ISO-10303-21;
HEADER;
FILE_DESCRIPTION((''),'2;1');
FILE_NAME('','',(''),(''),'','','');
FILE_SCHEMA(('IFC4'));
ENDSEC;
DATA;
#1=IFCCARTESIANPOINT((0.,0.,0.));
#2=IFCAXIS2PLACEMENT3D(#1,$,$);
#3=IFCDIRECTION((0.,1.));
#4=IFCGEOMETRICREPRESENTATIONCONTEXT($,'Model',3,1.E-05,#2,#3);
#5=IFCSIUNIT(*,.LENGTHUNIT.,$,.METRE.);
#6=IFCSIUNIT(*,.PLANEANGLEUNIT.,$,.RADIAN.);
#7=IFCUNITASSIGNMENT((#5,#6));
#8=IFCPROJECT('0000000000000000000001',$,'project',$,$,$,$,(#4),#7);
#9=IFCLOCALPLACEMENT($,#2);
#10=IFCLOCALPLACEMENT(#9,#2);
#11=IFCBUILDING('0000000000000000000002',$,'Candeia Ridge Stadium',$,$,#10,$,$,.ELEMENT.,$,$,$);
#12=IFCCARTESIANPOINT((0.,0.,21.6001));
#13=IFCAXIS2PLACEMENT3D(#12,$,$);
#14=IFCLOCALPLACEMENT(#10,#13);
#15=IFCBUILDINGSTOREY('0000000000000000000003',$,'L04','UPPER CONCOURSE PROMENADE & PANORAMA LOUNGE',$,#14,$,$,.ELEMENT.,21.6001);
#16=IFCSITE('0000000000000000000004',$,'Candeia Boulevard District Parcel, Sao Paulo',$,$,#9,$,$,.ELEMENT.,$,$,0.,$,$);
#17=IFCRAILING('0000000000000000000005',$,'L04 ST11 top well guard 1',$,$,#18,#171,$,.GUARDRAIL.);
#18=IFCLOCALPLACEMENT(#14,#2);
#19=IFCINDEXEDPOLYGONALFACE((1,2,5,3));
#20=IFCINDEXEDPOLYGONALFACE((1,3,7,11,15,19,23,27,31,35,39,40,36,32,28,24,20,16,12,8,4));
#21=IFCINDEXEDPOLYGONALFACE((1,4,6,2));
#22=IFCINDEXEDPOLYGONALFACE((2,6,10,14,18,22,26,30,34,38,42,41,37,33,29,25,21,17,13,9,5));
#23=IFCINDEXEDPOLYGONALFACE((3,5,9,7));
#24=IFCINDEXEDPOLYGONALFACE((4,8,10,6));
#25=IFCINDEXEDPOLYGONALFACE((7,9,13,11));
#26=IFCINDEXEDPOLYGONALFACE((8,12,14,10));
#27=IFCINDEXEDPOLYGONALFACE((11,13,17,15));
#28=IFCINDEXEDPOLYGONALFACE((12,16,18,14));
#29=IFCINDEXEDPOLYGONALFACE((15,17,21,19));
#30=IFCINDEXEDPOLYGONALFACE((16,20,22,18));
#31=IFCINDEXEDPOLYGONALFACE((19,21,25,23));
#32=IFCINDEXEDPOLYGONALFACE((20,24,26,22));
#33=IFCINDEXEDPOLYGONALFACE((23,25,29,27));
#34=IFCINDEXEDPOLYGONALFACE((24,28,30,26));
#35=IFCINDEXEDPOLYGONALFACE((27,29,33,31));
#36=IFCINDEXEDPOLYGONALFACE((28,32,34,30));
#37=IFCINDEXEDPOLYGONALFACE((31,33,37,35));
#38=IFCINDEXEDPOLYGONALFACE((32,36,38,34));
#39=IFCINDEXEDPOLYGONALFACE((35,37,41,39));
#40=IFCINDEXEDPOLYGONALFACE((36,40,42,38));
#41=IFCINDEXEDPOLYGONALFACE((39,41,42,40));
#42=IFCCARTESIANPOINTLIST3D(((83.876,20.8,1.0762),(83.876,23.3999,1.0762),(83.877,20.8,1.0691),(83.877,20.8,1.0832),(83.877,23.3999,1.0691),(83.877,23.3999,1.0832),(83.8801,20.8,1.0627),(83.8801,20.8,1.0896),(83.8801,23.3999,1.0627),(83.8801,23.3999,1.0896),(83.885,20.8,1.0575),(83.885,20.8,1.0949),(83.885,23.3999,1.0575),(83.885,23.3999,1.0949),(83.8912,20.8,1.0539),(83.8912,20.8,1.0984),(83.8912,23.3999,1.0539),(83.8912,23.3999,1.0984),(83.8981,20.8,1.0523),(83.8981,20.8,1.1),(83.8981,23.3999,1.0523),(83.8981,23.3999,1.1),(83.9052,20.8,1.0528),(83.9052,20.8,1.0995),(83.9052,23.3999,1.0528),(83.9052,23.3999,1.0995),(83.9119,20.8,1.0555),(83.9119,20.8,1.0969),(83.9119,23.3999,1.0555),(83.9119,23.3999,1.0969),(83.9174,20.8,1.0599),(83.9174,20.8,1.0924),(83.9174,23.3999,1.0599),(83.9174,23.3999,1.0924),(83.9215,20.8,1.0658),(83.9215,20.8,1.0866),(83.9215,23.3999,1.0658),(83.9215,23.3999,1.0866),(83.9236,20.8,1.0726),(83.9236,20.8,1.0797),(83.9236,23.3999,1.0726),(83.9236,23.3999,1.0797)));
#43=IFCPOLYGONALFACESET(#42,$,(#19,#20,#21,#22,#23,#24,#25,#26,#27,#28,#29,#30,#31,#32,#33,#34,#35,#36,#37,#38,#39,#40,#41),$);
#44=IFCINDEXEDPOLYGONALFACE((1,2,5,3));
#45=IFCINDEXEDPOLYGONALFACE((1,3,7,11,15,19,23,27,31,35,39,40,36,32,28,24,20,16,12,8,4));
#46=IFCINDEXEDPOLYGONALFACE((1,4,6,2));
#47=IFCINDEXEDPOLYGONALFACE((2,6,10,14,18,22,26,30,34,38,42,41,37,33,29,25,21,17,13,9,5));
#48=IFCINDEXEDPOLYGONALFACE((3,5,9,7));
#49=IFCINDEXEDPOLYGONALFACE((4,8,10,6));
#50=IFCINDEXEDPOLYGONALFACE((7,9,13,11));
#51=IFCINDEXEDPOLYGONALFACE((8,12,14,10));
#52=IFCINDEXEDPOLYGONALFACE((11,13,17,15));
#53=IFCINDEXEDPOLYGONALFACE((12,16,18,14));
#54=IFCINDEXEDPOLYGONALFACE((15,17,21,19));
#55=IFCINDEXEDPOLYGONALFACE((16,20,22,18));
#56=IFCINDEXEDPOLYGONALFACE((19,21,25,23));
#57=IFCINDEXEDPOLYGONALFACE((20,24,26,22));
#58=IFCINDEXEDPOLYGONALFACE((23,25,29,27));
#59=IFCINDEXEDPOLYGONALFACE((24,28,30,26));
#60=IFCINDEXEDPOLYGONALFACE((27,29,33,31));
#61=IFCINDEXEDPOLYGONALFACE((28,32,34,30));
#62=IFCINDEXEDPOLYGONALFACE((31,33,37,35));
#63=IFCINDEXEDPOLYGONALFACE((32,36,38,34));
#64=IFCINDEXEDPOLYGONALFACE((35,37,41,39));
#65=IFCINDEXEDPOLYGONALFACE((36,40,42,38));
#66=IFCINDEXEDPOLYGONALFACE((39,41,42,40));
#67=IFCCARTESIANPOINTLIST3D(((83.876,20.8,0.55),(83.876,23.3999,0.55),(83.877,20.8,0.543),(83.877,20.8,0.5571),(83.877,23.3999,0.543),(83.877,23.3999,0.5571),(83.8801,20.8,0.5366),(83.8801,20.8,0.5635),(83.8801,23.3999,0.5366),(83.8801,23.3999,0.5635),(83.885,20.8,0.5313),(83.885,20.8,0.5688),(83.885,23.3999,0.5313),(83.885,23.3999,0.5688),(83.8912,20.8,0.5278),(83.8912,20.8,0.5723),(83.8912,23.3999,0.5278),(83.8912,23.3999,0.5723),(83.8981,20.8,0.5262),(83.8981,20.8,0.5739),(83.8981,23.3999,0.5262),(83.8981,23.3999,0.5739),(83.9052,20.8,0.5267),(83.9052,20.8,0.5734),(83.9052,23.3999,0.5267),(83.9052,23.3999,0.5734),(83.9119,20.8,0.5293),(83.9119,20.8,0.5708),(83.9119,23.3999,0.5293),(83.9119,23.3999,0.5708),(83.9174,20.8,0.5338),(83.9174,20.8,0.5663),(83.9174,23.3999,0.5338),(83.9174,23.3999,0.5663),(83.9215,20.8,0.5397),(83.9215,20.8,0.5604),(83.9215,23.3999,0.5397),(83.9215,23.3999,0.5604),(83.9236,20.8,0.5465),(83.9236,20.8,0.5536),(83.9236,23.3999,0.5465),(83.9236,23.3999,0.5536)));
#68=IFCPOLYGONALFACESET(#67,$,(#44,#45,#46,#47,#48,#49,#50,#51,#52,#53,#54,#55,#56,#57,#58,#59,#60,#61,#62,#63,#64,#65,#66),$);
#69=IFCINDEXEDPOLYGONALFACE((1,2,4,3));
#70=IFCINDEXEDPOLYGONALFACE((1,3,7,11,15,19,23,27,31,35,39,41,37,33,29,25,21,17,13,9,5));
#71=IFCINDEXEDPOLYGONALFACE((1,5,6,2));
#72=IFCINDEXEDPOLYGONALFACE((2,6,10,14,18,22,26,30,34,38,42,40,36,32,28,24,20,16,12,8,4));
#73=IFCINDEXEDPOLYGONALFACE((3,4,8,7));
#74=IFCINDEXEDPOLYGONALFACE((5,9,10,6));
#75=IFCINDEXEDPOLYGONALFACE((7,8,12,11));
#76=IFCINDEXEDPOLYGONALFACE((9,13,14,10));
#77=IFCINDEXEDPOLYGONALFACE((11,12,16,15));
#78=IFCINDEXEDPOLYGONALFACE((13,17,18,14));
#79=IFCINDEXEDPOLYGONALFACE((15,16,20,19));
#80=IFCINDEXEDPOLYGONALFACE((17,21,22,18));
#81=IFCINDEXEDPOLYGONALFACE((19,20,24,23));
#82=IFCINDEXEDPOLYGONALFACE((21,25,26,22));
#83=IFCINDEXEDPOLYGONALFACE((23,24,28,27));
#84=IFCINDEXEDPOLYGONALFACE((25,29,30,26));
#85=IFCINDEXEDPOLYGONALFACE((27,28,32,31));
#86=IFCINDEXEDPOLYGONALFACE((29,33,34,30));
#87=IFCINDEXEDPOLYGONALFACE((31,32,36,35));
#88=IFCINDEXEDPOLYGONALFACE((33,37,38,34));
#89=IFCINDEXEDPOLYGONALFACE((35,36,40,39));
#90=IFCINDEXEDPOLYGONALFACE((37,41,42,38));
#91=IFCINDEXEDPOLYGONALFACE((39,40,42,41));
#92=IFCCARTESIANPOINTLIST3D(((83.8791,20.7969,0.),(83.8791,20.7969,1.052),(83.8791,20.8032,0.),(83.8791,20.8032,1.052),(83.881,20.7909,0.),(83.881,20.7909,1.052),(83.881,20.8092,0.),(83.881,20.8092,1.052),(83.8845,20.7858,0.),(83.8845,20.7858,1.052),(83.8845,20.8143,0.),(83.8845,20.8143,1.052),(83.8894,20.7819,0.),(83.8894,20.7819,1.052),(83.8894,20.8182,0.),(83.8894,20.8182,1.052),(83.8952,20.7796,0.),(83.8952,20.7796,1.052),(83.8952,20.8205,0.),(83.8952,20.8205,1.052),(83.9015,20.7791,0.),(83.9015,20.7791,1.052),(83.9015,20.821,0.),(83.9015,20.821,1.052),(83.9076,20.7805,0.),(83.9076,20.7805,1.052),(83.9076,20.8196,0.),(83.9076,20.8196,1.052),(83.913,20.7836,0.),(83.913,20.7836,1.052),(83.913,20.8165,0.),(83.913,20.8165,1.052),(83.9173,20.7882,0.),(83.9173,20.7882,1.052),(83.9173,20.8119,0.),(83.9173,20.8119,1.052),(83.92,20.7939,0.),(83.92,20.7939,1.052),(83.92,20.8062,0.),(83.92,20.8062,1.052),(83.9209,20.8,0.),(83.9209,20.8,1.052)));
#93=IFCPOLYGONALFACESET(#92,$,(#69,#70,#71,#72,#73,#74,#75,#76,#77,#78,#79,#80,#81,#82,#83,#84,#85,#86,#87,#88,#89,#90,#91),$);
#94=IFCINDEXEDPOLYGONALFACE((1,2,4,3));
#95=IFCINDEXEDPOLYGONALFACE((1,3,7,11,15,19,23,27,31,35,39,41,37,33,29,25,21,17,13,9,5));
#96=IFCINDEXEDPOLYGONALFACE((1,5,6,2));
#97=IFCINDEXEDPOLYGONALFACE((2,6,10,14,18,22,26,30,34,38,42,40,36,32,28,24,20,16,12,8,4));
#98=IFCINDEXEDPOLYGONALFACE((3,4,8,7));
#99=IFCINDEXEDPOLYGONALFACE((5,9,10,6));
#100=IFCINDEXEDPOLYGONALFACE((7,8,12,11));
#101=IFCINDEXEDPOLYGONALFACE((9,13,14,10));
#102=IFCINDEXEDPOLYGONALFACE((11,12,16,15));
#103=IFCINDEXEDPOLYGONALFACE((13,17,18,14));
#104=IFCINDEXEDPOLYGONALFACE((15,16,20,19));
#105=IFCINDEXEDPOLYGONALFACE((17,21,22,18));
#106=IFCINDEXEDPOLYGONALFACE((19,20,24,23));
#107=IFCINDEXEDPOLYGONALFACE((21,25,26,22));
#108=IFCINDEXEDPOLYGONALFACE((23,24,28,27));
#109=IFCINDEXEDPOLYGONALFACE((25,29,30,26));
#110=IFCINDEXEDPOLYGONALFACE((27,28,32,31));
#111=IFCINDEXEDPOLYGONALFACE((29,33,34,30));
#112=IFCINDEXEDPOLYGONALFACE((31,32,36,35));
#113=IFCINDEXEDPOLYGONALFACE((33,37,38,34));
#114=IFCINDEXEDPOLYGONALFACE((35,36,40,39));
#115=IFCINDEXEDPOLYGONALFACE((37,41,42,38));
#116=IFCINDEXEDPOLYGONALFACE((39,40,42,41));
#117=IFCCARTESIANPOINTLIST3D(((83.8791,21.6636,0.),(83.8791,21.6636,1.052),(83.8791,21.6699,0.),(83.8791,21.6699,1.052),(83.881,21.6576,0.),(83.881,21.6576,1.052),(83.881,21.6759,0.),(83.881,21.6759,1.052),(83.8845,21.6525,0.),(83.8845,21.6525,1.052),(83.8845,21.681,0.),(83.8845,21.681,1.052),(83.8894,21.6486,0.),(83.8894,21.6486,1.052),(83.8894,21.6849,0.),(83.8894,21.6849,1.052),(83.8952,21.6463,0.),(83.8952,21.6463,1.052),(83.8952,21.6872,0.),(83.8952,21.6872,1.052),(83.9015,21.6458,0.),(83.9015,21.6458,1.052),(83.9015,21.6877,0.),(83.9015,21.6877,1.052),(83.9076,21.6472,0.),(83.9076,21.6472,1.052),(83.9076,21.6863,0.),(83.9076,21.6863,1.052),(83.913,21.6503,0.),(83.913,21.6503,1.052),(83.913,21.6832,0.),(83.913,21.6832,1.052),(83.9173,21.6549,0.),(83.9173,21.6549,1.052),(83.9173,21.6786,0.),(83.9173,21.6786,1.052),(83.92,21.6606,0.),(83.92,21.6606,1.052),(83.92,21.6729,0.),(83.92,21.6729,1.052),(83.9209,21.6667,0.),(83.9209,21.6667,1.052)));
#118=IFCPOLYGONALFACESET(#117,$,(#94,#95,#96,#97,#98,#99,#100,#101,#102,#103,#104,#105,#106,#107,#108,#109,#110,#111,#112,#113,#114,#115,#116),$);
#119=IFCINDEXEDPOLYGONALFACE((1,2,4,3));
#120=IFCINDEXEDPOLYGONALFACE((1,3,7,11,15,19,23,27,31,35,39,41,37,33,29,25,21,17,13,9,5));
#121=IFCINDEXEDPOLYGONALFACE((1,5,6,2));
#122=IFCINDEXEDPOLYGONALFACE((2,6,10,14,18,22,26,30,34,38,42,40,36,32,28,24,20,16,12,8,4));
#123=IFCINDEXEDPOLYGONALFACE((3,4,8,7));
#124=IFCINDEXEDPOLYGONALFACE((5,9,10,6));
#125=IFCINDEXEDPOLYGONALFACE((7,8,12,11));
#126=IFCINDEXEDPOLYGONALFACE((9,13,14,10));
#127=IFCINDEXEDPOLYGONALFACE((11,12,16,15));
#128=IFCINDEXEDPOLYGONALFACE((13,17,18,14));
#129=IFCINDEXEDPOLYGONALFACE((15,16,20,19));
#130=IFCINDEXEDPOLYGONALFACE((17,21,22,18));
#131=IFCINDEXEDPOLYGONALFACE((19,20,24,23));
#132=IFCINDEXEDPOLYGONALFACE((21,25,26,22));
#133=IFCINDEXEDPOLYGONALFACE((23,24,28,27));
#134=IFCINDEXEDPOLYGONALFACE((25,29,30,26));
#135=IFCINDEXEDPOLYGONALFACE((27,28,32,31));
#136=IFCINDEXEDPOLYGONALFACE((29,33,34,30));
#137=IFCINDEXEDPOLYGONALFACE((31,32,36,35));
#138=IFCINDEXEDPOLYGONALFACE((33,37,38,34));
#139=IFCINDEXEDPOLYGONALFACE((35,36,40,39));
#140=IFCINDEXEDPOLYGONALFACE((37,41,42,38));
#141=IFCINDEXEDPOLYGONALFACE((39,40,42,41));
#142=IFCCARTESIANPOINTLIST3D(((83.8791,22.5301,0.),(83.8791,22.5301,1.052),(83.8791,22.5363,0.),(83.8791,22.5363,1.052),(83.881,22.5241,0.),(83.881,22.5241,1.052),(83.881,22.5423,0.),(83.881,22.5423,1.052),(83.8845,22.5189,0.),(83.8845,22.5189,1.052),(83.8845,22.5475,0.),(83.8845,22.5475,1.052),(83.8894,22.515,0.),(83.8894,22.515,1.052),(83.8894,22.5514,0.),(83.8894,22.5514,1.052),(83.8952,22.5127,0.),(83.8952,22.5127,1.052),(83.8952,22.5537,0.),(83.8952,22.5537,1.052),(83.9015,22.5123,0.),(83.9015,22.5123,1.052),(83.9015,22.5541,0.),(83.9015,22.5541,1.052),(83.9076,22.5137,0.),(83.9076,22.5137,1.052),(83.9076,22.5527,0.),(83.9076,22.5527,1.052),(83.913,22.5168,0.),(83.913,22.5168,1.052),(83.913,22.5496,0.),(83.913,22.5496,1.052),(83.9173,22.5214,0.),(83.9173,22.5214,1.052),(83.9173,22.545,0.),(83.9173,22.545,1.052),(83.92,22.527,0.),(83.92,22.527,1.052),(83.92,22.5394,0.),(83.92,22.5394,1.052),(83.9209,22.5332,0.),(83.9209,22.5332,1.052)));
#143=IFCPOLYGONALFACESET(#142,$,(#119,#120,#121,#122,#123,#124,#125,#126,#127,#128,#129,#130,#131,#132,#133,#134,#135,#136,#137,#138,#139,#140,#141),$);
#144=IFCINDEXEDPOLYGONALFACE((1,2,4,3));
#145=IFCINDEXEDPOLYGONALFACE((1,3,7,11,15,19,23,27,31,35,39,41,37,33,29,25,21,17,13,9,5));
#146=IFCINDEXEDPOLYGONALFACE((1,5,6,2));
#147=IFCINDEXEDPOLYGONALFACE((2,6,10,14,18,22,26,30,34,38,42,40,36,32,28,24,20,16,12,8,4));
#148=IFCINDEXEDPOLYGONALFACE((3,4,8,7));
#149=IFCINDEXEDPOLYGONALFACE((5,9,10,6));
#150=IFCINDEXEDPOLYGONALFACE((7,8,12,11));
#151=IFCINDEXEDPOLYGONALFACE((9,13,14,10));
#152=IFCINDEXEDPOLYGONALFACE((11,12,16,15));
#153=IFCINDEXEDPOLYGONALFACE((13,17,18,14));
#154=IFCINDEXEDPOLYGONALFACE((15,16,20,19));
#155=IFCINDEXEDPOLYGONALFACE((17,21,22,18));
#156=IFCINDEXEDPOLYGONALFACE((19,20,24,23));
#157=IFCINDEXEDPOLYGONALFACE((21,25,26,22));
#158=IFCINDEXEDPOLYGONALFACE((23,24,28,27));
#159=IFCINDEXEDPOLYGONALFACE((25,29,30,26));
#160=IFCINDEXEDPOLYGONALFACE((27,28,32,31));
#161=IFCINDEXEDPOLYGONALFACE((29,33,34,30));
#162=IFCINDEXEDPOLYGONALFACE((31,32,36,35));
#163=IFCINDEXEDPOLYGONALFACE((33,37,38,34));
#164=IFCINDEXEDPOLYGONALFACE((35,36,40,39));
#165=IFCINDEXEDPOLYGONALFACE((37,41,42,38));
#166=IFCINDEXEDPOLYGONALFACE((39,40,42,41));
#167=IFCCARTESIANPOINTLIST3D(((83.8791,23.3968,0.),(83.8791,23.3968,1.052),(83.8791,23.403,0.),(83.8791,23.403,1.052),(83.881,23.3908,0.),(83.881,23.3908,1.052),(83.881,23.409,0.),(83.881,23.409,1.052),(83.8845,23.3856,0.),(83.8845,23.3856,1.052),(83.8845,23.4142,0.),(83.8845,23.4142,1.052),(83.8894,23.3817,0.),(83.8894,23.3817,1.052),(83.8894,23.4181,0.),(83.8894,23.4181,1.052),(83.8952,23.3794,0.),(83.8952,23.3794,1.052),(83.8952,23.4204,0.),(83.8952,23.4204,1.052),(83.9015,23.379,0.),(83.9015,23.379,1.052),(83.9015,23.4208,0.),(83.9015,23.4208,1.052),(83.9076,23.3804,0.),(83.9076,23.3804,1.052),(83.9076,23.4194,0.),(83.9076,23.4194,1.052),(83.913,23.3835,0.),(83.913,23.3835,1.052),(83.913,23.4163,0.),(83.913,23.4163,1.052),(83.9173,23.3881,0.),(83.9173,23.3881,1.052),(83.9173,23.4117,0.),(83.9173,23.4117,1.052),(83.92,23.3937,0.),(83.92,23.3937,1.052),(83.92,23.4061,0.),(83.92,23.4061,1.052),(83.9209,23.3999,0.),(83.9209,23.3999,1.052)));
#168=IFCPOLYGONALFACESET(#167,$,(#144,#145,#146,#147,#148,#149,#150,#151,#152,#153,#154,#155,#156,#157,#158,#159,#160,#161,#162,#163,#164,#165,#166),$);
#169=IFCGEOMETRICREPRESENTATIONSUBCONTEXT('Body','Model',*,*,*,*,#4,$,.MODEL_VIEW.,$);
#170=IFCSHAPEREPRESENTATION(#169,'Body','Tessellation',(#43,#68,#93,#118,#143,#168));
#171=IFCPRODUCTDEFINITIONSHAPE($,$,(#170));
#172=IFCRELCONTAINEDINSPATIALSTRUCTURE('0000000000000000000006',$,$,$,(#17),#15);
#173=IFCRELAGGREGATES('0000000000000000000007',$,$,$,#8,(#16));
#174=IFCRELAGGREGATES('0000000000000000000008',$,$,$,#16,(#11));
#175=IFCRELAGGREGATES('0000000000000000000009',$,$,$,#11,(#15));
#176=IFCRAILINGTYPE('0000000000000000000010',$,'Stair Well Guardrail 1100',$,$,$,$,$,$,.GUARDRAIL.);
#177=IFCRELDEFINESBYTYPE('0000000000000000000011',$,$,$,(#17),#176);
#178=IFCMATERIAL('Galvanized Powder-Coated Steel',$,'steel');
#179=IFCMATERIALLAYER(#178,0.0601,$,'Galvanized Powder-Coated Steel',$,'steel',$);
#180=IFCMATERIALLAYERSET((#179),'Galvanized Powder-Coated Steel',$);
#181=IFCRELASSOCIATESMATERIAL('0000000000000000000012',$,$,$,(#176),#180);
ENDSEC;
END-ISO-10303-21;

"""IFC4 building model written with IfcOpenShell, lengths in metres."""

from ifc_helpers import new_model, si_unit, direction, frame, origin, origin_2d, place, context, subcontext, project, spatial, circle, extrude, material, layer, layer_set, type_object, element, save


model = new_model("IFC4")

# Units and contexts
model_context = context("Model", 3, precision=1e-05, world=origin(), true_north=direction((0.0, 1.0)))
body_context = subcontext(model_context, "Body", "Model", "MODEL_VIEW")
ifc_project = project(units=[si_unit("LENGTHUNIT", "METRE"), si_unit("PLANEANGLEUNIT", "RADIAN")], contexts=[model_context])

# Site, building, storey
site_placement = place(None, origin())
site = spatial("IfcSite", under=ifc_project, at=site_placement, Name="Candeia Boulevard District Parcel, Sao Paulo", CompositionType="ELEMENT", RefElevation=0.0)
building_placement = place(site_placement, origin())
building = spatial("IfcBuilding", under=site, at=building_placement, Name="Candeia Ridge Stadium", CompositionType="ELEMENT")
storey_placement = place(building_placement, frame((0.0, 0.0, 21.6001)))
storey = spatial("IfcBuildingStorey", under=building, at=storey_placement, Name="L04", Description="UPPER CONCOURSE PROMENADE & PANORAMA LOUNGE", CompositionType="ELEMENT", Elevation=21.6001)

# Railing
ifc_material_1 = material(Name="Galvanized Powder-Coated Steel", Category="steel")
ifc_layer_1 = layer(ifc_material_1, 0.0601, Name="Galvanized Powder-Coated Steel", Category="steel")
ifc_layer_set_1 = layer_set([ifc_layer_1], Name="Galvanized Powder-Coated Steel")
railing_type_1 = type_object("IfcRailingType", Name="Stair Well Guardrail 1100", PredefinedType="GUARDRAIL", material=ifc_layer_set_1)
for number, where, name in (
    (1, (83.8999, 20.8, 0.0), "L04 ST11 top well guard 1"),
):
    element("IfcRailing", number, at=place(storey_placement, frame(where)), inside=storey, type_object=railing_type_1, Name=name, PredefinedType="GUARDRAIL", context=body_context, shape_type="SweptSolid", body=[
        extrude(circle(Radius=0.0239, at=origin_2d()), frame((0.0, 0.0, 1.0762), z_axis=(0.0, 1.0, 0.0), x_axis=(-1.0, 0.0, 0.0)), (0.0, 0.0, 1.0), 2.5999),
        extrude(circle(Radius=0.0239, at=origin_2d()), frame((0.0, 0.0, 0.55), z_axis=(0.0, 1.0, 0.0), x_axis=(-1.0, 0.0, 0.0)), (0.0, 0.0, 1.0), 2.5999),
        extrude(circle(Radius=0.021, at=origin_2d()), origin(), (0.0, 0.0, 1.0), 1.052),
        extrude(circle(Radius=0.021, at=origin_2d()), frame((0.0, 0.8667, 0.0)), (0.0, 0.0, 1.0), 1.052),
        extrude(circle(Radius=0.021, at=origin_2d()), frame((0.0, 1.7332, 0.0)), (0.0, 0.0, 1.0), 1.052),
        extrude(circle(Radius=0.021, at=origin_2d()), frame((0.0, 2.5999, 0.0)), (0.0, 0.0, 1.0), 1.052),
    ])

save(model, "model.ifc")
